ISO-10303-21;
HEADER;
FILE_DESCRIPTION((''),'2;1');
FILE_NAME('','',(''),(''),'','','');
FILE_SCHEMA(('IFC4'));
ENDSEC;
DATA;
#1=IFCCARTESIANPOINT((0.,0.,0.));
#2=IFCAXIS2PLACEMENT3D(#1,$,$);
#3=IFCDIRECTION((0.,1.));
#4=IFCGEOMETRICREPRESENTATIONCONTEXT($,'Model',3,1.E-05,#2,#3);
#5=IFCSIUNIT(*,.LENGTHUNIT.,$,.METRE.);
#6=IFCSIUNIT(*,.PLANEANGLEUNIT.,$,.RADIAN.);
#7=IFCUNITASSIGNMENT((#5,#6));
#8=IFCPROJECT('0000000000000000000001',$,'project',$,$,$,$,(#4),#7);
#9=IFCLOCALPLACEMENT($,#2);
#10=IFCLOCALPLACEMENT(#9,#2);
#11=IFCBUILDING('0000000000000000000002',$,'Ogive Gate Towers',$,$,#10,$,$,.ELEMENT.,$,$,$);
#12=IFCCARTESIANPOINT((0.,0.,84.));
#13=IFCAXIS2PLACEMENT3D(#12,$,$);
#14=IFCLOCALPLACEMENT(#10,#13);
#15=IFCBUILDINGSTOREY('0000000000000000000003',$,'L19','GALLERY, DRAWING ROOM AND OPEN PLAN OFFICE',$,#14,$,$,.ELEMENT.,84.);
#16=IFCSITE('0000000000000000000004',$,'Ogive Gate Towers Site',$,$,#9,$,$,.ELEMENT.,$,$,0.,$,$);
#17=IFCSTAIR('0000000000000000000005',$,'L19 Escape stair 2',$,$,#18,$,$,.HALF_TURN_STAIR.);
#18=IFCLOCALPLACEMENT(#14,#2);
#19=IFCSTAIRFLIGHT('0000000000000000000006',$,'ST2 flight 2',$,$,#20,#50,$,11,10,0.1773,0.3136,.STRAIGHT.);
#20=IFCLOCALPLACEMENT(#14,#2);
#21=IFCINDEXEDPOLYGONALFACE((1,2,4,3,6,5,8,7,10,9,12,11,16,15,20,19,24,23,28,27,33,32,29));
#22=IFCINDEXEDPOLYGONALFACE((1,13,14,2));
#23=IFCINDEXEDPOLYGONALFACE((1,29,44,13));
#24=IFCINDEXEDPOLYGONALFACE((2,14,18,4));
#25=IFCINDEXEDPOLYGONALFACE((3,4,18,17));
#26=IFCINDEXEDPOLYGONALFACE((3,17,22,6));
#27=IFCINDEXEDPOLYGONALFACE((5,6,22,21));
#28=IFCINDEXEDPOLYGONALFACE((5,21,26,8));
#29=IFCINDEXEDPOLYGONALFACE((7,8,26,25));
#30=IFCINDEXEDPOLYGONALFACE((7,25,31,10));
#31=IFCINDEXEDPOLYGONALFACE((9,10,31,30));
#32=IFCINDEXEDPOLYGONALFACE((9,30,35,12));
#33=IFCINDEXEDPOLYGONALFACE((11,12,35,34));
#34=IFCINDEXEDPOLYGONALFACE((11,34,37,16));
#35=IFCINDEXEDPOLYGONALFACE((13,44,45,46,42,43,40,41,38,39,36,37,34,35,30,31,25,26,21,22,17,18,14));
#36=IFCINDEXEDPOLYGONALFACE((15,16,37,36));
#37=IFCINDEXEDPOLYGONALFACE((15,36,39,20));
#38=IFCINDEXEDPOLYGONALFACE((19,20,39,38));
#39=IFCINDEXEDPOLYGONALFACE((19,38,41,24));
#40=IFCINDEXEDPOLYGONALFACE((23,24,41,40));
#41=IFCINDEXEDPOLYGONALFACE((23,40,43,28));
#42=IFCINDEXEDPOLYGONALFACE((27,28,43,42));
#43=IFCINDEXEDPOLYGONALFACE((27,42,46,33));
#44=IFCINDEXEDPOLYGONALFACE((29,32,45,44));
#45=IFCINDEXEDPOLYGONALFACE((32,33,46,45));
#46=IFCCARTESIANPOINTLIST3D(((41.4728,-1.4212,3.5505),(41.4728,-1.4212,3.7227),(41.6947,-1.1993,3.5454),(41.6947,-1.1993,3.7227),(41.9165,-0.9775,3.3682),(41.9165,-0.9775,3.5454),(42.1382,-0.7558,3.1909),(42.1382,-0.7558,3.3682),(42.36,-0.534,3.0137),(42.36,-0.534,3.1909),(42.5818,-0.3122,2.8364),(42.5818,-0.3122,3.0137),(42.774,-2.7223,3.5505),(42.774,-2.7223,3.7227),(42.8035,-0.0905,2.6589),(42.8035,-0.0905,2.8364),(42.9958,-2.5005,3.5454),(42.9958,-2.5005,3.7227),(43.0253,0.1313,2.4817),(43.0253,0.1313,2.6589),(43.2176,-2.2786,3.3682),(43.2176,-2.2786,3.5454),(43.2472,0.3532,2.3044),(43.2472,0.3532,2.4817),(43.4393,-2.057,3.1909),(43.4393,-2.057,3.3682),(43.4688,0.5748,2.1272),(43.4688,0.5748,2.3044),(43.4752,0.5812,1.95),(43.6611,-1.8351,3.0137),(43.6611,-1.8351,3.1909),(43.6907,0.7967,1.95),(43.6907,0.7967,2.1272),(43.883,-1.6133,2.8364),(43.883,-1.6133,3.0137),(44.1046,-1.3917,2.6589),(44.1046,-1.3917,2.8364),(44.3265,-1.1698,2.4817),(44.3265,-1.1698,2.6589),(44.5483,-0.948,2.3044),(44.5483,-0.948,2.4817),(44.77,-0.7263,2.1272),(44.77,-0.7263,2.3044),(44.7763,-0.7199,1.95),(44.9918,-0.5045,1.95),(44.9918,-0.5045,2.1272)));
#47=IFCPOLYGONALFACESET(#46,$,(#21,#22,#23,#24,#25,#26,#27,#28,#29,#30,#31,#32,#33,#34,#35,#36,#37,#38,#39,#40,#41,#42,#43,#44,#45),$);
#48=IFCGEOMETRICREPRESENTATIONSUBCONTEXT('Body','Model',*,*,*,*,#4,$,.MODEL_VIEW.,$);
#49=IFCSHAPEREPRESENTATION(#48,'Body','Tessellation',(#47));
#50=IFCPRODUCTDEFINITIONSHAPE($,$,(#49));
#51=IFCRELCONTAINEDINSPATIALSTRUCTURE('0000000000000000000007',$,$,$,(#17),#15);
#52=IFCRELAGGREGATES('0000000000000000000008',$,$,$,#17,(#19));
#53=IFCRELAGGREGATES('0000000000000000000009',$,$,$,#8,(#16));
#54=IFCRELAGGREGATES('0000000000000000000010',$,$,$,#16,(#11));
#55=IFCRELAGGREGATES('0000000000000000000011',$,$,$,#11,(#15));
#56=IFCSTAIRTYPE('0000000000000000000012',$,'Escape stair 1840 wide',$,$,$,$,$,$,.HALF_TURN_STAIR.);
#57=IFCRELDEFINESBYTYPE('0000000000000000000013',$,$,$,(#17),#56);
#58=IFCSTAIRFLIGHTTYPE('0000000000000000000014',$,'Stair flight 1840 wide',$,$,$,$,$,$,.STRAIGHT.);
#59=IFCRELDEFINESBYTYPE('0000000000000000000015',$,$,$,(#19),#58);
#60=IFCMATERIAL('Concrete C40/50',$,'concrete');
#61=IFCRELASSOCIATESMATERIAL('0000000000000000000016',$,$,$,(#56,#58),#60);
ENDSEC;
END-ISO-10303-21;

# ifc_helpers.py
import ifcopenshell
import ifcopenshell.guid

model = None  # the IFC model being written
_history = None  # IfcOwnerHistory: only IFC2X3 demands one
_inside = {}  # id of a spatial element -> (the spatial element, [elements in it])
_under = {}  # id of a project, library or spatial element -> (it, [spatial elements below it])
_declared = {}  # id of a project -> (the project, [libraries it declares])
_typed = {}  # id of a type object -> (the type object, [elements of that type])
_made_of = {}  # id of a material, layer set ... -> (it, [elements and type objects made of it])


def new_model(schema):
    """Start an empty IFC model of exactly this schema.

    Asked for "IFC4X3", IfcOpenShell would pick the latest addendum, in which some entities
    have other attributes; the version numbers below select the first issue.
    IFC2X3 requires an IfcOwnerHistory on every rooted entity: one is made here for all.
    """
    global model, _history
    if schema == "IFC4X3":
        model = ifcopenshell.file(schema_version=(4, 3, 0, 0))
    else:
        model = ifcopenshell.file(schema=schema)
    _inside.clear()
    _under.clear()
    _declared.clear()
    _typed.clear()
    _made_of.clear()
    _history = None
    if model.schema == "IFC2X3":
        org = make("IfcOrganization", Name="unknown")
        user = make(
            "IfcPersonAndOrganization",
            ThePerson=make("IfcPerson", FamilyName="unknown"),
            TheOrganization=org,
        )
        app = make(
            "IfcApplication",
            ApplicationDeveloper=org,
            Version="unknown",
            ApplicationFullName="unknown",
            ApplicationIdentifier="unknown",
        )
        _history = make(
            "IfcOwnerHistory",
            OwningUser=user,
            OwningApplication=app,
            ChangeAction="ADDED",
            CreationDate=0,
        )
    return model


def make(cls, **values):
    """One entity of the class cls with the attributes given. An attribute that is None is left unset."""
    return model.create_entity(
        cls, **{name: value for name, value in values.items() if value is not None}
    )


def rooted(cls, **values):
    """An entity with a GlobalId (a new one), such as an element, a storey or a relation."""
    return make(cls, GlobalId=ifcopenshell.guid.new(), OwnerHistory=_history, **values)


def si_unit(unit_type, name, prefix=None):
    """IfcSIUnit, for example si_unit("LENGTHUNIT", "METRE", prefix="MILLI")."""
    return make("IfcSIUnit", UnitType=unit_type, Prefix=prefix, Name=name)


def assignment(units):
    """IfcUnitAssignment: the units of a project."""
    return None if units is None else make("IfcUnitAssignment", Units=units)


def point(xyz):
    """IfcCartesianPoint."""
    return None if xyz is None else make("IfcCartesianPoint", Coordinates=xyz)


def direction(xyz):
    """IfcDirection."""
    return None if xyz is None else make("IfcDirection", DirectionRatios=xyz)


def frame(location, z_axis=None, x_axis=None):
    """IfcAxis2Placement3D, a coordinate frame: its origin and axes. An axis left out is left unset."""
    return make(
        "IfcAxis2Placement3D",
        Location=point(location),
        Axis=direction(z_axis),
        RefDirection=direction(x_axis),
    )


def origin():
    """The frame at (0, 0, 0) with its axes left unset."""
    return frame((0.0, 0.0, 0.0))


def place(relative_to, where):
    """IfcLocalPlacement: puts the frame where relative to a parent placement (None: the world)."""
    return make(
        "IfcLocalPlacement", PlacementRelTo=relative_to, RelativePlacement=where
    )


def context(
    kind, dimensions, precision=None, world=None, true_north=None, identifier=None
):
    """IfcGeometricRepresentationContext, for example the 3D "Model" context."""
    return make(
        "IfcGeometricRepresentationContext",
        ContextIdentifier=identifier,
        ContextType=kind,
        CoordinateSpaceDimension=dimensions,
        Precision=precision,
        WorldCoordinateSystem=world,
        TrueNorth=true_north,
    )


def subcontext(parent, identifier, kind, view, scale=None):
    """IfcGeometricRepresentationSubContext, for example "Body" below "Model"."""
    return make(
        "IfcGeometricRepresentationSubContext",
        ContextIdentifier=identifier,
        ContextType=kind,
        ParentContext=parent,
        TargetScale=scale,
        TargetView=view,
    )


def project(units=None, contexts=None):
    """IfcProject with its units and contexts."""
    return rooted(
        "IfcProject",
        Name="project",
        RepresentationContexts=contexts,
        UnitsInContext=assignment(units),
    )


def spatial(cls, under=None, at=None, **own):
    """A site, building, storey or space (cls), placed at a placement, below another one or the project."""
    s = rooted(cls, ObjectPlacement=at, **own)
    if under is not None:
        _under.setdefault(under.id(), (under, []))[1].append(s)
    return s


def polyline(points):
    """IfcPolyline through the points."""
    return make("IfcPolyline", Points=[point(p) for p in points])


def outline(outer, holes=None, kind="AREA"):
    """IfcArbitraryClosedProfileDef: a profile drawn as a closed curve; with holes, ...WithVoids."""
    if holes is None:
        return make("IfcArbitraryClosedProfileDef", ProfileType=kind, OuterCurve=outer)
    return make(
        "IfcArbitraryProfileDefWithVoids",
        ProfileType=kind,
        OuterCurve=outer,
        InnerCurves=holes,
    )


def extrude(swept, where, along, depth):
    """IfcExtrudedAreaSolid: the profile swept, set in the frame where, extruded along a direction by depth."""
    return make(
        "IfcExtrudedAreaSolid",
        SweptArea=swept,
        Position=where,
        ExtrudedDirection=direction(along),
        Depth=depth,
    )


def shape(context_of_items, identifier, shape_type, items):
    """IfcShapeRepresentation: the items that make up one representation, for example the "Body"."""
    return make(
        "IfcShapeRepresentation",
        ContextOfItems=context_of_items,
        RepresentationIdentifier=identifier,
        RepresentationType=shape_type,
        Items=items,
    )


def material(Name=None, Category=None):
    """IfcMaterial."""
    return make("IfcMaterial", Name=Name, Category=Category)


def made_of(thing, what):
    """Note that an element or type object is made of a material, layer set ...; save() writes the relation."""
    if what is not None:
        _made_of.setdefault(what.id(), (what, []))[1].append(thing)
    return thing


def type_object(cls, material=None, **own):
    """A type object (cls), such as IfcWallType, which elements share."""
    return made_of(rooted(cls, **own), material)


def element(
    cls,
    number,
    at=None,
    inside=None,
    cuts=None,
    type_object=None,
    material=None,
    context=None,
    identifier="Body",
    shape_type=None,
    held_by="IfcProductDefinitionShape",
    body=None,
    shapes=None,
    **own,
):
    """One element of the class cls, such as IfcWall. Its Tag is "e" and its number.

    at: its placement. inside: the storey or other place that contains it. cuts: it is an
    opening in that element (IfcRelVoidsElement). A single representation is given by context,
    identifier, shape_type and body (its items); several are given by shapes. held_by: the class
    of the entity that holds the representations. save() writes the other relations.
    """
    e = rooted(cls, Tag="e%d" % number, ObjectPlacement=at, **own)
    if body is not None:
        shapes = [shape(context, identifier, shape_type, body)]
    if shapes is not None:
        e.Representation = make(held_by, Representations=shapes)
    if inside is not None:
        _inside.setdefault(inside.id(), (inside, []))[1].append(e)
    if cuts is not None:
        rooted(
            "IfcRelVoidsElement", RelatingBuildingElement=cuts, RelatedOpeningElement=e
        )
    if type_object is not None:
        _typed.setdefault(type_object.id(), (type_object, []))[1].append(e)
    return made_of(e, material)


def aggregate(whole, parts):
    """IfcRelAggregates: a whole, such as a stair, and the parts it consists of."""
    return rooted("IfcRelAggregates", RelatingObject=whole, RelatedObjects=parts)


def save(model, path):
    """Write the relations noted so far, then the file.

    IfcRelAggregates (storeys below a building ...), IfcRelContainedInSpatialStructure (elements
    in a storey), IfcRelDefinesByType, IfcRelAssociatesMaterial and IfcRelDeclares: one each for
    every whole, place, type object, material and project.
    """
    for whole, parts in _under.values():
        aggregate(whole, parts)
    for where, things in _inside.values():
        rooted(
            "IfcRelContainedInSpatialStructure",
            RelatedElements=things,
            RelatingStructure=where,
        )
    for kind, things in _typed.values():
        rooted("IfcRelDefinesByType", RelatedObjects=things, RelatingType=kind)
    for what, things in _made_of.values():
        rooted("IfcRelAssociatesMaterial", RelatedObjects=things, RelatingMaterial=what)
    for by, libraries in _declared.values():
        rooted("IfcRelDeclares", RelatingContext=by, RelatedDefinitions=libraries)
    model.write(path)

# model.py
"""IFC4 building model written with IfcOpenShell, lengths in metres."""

from ifc_helpers import new_model, si_unit, direction, frame, origin, place, context, subcontext, project, spatial, polyline, outline, extrude, material, type_object, element, aggregate, save


model = new_model("IFC4")

# Units and contexts
model_context = context("Model", 3, precision=1e-05, world=origin(), true_north=direction((0.0, 1.0)))
body_context = subcontext(model_context, "Body", "Model", "MODEL_VIEW")
ifc_project = project(units=[si_unit("LENGTHUNIT", "METRE"), si_unit("PLANEANGLEUNIT", "RADIAN")], contexts=[model_context])

# Site, building, storey
site_placement = place(None, origin())
site = spatial("IfcSite", under=ifc_project, at=site_placement, Name="Ogive Gate Towers Site", CompositionType="ELEMENT", RefElevation=0.0)
building_placement = place(site_placement, origin())
building = spatial("IfcBuilding", under=site, at=building_placement, Name="Ogive Gate Towers", CompositionType="ELEMENT")
storey_placement = place(building_placement, frame((0.0, 0.0, 84.0)))
storey = spatial("IfcBuildingStorey", under=building, at=storey_placement, Name="L19", Description="GALLERY, DRAWING ROOM AND OPEN PLAN OFFICE", CompositionType="ELEMENT", Elevation=84.0)

# Stair, stair flight
ifc_material_1 = material(Name="Concrete C40/50", Category="concrete")
stair_type = type_object("IfcStairType", Name="Escape stair 1840 wide", PredefinedType="HALF_TURN_STAIR", material=ifc_material_1)
stair_placement = place(storey_placement, origin())
stair = element("IfcStair", 1, at=stair_placement, inside=storey, type_object=stair_type, Name="L19 Escape stair 2", PredefinedType="HALF_TURN_STAIR")
stair_flight_type = type_object("IfcStairFlightType", Name="Stair flight 1840 wide", PredefinedType="STRAIGHT", material=ifc_material_1)
stair_flight_placement = place(storey_placement, frame((44.3413, 0.146, 1.95), z_axis=(0.0, 0.0, 1.0), x_axis=(-0.707107, -0.707107, 0.0)))
stair_flight = element("IfcStairFlight", 2, at=stair_flight_placement, type_object=stair_flight_type, Name="ST2 flight 2", NumberOfRisers=11, NumberOfTreads=10, PredefinedType="STRAIGHT", RiserHeight=0.1773, TreadLength=0.3136, context=body_context, shape_type="SweptSolid", body=[
    extrude(outline(polyline([(0.0, 0.0), (0.0, 0.1772), (0.3137, 0.1772), (0.3137, 0.3545), (0.6272, 0.3545), (0.6272, 0.5317), (0.9409, 0.5317), (0.9409, 0.709), (1.2546, 0.709), (1.2546, 0.8865), (1.5681, 0.8865), (1.5681, 1.0637), (1.8818, 1.0637), (1.8818, 1.241), (2.1956, 1.241), (2.1956, 1.4182), (2.509, 1.4182), (2.509, 1.5955), (2.8228, 1.5955), (2.8228, 1.7727), (3.1365, 1.7727), (3.1365, 1.95), (3.1365, 1.6006), (0.3047, 0.0), (0.0, 0.0)])), frame((0.0, 0.9199, 0.0), z_axis=(0.0, -1.0, 0.0), x_axis=(1.0, 0.0, 0.0)), (0.0, 0.0, 1.0), 1.8401),
])
aggregate(stair, [stair_flight])

save(model, "model.ifc")
